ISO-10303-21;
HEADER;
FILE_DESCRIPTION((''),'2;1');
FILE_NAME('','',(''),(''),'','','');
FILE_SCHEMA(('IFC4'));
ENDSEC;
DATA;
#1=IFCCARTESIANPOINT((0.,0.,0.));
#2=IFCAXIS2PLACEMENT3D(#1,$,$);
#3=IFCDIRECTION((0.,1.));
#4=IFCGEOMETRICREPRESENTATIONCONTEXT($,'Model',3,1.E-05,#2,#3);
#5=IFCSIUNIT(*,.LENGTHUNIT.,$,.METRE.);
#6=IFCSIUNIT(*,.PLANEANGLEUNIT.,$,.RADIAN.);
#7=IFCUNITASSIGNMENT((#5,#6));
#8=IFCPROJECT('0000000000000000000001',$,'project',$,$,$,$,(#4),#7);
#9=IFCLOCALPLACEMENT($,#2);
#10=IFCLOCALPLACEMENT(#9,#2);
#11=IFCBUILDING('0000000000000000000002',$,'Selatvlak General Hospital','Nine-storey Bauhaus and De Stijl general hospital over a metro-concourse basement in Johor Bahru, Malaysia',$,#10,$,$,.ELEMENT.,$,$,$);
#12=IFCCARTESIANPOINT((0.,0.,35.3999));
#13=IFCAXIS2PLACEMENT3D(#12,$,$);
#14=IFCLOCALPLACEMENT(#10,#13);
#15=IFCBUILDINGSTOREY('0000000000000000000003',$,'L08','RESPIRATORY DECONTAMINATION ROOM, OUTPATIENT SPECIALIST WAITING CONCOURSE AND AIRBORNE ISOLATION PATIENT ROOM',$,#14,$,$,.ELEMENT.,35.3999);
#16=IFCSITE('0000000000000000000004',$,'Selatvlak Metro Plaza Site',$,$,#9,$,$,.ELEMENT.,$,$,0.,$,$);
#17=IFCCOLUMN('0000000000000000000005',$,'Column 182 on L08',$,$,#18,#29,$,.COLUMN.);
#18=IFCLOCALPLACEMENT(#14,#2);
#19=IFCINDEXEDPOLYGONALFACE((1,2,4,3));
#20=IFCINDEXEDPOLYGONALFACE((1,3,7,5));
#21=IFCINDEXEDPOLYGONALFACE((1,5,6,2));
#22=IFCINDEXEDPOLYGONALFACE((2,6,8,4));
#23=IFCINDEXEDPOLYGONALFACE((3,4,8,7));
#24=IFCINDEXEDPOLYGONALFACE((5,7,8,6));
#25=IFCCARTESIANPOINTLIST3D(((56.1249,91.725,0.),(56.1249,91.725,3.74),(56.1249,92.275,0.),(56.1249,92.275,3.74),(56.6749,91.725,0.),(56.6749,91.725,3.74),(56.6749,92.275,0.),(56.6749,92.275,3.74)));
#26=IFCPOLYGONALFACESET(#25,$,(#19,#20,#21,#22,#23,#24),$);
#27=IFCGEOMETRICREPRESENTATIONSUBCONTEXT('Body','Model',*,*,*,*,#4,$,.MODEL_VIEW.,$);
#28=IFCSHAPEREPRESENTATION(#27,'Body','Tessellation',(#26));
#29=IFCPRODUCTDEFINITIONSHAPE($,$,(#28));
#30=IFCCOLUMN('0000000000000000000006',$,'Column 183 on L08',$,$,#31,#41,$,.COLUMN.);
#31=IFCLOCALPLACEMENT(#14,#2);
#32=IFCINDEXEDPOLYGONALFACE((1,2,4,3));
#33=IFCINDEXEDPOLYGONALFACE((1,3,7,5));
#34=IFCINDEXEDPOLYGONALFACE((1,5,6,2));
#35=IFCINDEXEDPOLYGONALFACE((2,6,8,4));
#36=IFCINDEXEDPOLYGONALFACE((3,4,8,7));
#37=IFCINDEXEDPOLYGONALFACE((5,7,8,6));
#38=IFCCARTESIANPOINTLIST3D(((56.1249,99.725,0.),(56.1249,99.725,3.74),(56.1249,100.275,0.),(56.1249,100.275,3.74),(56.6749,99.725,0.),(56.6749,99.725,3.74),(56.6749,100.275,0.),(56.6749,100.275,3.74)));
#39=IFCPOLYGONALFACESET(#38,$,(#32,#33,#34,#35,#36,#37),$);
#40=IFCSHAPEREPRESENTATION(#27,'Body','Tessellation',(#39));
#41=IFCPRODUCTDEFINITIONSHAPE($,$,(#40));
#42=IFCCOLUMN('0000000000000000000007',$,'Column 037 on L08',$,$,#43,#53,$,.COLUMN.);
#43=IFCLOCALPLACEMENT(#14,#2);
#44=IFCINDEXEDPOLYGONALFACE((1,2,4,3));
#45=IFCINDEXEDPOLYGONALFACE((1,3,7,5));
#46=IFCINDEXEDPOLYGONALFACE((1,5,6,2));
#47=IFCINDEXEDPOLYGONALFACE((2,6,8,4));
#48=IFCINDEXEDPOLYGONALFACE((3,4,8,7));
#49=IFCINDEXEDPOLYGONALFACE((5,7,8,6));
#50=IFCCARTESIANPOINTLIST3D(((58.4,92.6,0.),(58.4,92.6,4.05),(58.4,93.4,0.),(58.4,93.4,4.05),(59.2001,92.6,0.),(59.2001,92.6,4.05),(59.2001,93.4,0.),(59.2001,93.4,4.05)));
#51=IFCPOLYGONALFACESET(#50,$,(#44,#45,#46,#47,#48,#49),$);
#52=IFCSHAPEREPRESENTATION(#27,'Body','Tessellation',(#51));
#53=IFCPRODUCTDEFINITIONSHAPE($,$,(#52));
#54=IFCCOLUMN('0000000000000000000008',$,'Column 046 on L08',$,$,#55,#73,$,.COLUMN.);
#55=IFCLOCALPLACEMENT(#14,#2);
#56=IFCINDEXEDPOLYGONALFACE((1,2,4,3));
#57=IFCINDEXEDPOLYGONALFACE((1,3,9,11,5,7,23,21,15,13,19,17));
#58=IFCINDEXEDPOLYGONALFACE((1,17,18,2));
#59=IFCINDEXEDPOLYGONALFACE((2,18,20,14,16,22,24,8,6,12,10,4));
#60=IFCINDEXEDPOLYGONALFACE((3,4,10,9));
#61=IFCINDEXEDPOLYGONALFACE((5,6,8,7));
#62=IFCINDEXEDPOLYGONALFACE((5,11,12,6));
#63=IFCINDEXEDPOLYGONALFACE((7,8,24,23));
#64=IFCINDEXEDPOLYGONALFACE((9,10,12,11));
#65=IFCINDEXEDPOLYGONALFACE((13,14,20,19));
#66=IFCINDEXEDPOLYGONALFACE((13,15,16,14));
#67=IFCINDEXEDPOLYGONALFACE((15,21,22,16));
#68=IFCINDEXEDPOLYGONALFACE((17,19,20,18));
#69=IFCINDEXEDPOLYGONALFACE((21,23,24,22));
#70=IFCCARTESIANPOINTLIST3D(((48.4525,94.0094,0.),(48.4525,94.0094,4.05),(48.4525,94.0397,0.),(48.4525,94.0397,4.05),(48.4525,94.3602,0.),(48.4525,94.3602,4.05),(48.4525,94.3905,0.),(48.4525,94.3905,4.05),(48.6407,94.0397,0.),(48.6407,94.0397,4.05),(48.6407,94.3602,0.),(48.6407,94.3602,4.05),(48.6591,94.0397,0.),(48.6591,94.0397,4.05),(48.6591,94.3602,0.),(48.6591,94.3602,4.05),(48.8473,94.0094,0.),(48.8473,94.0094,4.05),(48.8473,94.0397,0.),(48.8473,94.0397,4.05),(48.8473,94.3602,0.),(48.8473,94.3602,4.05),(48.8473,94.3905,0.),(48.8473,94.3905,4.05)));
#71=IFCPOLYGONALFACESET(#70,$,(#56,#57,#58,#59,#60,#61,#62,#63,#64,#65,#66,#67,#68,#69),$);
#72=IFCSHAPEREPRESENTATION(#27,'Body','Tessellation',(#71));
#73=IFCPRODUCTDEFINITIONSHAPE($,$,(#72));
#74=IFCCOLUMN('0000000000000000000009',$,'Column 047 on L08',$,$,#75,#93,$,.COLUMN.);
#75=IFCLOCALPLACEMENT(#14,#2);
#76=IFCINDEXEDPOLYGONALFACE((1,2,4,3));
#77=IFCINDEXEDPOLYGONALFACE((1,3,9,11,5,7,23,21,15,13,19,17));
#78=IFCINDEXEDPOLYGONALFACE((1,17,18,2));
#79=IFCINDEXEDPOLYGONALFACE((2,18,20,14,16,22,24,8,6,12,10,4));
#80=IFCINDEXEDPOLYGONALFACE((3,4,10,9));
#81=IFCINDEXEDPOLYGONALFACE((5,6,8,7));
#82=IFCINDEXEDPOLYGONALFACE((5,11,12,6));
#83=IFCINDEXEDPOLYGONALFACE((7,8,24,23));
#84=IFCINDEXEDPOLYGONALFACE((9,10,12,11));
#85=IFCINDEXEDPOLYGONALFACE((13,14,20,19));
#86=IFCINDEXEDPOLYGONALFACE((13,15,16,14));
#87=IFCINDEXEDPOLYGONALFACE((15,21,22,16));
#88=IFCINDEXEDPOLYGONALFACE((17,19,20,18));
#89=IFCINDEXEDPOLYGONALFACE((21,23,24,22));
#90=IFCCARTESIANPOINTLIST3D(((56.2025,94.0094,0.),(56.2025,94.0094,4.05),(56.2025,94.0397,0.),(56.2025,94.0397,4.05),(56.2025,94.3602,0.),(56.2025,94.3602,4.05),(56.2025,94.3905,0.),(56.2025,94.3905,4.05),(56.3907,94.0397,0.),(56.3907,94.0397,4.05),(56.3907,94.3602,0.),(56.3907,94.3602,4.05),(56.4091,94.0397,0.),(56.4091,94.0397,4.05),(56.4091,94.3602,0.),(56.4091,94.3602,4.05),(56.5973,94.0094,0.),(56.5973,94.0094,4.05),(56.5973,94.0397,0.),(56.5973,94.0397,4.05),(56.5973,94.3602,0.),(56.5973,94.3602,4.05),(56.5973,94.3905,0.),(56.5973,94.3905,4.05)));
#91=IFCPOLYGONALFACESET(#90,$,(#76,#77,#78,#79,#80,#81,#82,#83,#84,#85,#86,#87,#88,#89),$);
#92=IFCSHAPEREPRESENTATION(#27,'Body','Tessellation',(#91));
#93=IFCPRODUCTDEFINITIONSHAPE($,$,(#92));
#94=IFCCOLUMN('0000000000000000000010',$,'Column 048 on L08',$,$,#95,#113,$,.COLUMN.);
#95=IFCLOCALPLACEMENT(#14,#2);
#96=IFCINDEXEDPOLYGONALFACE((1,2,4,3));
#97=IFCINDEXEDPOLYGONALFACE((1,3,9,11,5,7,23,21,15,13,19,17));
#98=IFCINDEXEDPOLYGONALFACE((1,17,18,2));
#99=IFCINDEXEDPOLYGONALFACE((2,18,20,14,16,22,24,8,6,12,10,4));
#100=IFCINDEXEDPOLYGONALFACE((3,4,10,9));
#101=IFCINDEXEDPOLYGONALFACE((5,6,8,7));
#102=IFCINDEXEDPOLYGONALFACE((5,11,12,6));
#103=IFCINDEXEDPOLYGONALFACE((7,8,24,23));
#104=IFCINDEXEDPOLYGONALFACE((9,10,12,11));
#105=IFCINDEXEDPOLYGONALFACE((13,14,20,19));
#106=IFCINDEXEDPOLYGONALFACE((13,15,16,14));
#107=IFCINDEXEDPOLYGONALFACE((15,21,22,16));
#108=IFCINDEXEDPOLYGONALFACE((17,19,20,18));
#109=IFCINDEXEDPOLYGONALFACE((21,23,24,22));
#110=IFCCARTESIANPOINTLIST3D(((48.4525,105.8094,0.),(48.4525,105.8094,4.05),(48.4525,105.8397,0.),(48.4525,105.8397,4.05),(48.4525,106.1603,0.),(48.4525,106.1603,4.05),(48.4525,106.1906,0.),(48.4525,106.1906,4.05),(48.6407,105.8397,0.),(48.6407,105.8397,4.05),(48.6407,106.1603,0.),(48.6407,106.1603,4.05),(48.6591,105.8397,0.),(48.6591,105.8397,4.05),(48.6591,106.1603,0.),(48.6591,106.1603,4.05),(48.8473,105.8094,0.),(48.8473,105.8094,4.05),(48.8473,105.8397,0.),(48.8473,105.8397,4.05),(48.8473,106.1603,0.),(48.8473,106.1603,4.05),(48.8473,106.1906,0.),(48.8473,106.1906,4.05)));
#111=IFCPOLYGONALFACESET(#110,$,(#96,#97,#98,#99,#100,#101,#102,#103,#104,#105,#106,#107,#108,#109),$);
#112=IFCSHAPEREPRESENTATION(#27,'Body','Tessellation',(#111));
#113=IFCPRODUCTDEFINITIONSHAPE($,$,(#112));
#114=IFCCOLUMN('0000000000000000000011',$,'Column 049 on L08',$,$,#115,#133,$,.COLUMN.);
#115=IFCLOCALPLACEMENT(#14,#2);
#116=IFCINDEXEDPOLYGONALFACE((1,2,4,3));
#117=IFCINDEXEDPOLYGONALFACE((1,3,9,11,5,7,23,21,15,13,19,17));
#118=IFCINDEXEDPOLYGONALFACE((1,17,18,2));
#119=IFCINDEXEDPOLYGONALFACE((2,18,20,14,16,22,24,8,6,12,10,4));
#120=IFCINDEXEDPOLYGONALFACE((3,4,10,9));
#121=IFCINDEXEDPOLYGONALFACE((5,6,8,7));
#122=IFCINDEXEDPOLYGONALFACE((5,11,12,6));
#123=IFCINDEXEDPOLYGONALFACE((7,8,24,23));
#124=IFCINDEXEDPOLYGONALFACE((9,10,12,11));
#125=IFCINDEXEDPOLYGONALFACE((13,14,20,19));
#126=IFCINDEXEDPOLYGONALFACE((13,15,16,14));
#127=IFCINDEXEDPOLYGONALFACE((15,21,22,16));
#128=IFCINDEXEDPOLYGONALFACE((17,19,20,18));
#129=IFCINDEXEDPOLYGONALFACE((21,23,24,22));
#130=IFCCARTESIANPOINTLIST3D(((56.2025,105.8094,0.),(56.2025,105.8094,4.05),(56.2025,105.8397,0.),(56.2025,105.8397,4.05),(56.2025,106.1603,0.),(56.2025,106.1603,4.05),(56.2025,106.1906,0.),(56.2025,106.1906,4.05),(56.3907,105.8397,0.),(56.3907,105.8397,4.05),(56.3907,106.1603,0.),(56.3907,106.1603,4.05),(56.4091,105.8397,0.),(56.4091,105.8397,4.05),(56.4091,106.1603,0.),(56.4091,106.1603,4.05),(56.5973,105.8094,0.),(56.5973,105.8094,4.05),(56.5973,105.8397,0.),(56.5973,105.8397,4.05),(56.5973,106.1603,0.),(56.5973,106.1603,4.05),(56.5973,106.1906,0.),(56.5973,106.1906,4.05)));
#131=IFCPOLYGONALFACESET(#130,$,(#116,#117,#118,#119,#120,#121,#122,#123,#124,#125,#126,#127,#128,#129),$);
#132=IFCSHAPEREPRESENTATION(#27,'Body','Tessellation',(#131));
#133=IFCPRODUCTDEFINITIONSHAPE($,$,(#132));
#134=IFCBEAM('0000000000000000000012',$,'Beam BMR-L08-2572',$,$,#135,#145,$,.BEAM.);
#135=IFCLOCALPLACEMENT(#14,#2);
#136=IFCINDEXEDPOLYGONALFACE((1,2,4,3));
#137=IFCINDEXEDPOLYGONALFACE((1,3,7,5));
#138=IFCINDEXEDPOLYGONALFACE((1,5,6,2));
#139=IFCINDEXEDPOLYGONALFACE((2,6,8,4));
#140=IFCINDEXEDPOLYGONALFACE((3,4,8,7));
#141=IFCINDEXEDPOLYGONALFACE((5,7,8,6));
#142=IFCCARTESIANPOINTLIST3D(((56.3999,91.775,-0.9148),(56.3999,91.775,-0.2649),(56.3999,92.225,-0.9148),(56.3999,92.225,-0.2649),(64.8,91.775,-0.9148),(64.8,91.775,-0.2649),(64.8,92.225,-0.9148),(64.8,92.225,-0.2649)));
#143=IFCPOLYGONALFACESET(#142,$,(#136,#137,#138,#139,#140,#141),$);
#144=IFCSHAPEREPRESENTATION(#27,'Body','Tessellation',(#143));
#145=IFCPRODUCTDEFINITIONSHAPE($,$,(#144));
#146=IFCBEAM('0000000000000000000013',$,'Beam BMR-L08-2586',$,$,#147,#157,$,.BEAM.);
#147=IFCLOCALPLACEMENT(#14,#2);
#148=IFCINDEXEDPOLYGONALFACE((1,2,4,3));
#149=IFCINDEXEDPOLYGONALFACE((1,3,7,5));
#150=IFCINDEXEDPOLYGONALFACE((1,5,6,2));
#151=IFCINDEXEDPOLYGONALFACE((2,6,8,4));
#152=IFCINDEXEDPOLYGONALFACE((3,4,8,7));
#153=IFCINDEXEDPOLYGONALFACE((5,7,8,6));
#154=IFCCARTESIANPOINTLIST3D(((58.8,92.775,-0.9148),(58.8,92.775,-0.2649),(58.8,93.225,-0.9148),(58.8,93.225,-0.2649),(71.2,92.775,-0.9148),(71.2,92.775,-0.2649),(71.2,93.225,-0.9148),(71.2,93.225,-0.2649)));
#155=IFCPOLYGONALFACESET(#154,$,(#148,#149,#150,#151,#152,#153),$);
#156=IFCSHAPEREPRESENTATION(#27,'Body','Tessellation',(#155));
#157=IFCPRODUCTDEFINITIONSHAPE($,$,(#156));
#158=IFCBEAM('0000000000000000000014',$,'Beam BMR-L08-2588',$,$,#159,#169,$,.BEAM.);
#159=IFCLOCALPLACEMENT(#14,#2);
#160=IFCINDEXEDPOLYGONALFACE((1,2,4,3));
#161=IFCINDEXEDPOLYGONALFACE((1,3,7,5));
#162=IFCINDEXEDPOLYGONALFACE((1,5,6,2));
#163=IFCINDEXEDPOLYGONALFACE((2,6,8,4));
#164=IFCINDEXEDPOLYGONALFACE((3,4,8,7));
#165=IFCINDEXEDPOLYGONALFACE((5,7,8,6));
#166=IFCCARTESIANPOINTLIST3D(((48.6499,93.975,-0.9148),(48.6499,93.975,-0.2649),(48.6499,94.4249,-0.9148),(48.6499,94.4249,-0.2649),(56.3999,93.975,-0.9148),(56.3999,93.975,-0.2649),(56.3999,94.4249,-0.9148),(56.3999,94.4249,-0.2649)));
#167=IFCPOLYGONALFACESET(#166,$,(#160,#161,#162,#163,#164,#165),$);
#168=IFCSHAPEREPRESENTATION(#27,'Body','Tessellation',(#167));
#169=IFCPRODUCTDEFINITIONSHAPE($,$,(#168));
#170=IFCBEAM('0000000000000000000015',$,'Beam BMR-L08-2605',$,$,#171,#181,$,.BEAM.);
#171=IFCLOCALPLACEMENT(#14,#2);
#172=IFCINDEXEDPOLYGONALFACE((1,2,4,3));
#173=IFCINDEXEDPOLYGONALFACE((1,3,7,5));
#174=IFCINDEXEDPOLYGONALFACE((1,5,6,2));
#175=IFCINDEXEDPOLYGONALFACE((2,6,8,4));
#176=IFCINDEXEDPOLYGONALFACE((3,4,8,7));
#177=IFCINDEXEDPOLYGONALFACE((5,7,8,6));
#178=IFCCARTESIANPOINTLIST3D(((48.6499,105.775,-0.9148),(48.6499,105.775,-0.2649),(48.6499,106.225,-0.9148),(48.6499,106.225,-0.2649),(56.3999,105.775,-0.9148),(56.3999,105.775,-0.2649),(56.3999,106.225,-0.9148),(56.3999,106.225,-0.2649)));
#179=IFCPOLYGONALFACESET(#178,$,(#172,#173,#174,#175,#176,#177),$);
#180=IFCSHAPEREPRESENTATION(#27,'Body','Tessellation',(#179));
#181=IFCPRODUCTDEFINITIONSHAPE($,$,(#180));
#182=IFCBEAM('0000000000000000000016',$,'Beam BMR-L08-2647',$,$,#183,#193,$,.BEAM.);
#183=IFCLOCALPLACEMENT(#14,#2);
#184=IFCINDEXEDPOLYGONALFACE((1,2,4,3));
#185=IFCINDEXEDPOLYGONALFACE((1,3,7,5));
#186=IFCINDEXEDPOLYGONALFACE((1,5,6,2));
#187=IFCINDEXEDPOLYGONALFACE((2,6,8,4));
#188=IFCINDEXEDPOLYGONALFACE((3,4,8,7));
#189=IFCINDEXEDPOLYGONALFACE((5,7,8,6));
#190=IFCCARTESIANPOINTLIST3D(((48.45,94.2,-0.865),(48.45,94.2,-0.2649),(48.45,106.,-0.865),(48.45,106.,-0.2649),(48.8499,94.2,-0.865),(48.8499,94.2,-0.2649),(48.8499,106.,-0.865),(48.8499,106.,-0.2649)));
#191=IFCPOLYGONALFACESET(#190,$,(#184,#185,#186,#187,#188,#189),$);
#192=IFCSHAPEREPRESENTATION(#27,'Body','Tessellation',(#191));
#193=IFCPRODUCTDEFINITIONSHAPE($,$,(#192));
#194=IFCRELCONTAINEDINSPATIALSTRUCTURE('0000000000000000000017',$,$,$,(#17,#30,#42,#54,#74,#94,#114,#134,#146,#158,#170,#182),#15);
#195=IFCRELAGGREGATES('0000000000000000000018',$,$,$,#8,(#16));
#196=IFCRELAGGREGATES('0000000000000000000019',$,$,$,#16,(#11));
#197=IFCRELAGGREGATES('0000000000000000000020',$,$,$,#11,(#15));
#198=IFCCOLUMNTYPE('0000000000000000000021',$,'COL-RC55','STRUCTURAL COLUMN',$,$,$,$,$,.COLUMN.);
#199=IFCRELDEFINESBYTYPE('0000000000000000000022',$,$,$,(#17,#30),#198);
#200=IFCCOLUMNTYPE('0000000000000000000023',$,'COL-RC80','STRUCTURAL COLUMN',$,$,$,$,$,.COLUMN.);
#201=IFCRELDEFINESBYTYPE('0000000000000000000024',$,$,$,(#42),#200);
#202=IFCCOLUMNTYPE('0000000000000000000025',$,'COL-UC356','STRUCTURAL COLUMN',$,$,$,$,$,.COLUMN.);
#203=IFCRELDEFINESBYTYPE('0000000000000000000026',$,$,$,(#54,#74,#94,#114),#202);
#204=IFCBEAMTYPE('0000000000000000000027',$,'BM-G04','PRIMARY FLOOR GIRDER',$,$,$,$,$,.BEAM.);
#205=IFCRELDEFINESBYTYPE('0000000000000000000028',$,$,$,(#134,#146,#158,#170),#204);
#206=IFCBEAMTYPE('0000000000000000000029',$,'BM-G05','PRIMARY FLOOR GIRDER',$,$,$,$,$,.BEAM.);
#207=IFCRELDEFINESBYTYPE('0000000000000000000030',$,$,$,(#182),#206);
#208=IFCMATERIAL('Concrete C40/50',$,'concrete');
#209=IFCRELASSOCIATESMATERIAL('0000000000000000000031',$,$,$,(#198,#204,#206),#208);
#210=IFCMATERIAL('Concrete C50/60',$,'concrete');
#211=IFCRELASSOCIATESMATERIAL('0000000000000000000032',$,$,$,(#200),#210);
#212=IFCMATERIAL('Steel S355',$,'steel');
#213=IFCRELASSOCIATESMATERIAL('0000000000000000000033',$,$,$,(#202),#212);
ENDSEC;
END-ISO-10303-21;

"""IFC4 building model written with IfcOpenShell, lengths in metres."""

from ifc_helpers import new_model, si_unit, direction, frame, origin, origin_2d, place, context, subcontext, project, spatial, rectangle, i_section, extrude, material, material_profile, profile_set, type_object, element, save


model = new_model("IFC4")

# Units and contexts
model_context = context("Model", 3, precision=1e-05, world=origin(), true_north=direction((0.0, 1.0)))
body_context = subcontext(model_context, "Body", "Model", "MODEL_VIEW")
ifc_project = project(units=[si_unit("LENGTHUNIT", "METRE"), si_unit("PLANEANGLEUNIT", "RADIAN")], contexts=[model_context])

# Site, building, storey
site_placement = place(None, origin())
site = spatial("IfcSite", under=ifc_project, at=site_placement, Name="Selatvlak Metro Plaza Site", CompositionType="ELEMENT", RefElevation=0.0)
building_placement = place(site_placement, origin())
building = spatial("IfcBuilding", under=site, at=building_placement, Name="Selatvlak General Hospital", Description="Nine-storey Bauhaus and De Stijl general hospital over a metro-concourse basement in Johor Bahru, Malaysia", CompositionType="ELEMENT")
storey_placement = place(building_placement, frame((0.0, 0.0, 35.3999)))
storey = spatial("IfcBuildingStorey", under=building, at=storey_placement, Name="L08", Description="RESPIRATORY DECONTAMINATION ROOM, OUTPATIENT SPECIALIST WAITING CONCOURSE AND AIRBORNE ISOLATION PATIENT ROOM", CompositionType="ELEMENT", Elevation=35.3999)

# Columns
ifc_material_1 = material(Name="Concrete C40/50", Category="concrete")
ifc_material_profile_1 = material_profile(ifc_material_1, rectangle(XDim=0.55, YDim=0.55, at=origin_2d()), Name="RC-COL 550x550")
ifc_profile_set_1 = profile_set([ifc_material_profile_1], Name="Concrete C40/50")
column_type_1 = type_object("IfcColumnType", Name="COL-RC55", Description="STRUCTURAL COLUMN", PredefinedType="COLUMN", material=ifc_profile_set_1)
for number, where, z_axis, x_axis, name in (
    (1, (56.3999, 92.0, 0.0), (0.0, 0.0, 1.0), (1.0, 0.0, 0.0), "Column 182 on L08"),
    (2, (56.3999, 100.0, 0.0), (0.0, 0.0, 1.0), (1.0, 0.0, 0.0), "Column 183 on L08"),
):
    element("IfcColumn", number, at=place(storey_placement, frame(where, z_axis=z_axis, x_axis=x_axis)), inside=storey, type_object=column_type_1, Name=name, PredefinedType="COLUMN", context=body_context, shape_type="SweptSolid", body=[
        extrude(rectangle(XDim=0.55, YDim=0.55, at=origin_2d()), origin(), (0.0, 0.0, 1.0), 3.74),
    ])
ifc_material_2 = material(Name="Concrete C50/60", Category="concrete")
ifc_material_profile_2 = material_profile(ifc_material_2, rectangle(XDim=0.8, YDim=0.8, at=origin_2d()), Name="RC-COL 800x800")
ifc_profile_set_2 = profile_set([ifc_material_profile_2], Name="Concrete C50/60")
column_type_2 = type_object("IfcColumnType", Name="COL-RC80", Description="STRUCTURAL COLUMN", PredefinedType="COLUMN", material=ifc_profile_set_2)
column_placement = place(storey_placement, frame((58.8, 93.0, 0.0), z_axis=(0.0, 0.0, 1.0), x_axis=(1.0, 0.0, 0.0)))
element("IfcColumn", 3, at=column_placement, inside=storey, type_object=column_type_2, Name="Column 037 on L08", PredefinedType="COLUMN", context=body_context, shape_type="SweptSolid", body=[
    extrude(rectangle(XDim=0.8, YDim=0.8, at=origin_2d()), origin(), (0.0, 0.0, 1.0), 4.05),
])
ifc_material_3 = material(Name="Steel S355", Category="steel")
ifc_material_profile_3 = material_profile(ifc_material_3, i_section(OverallWidth=0.3948, OverallDepth=0.3811, WebThickness=0.0183, FlangeThickness=0.0303, at=origin_2d()), Name="UC 356x406x235")
ifc_profile_set_3 = profile_set([ifc_material_profile_3], Name="Steel S355")
column_type_3 = type_object("IfcColumnType", Name="COL-UC356", Description="STRUCTURAL COLUMN", PredefinedType="COLUMN", material=ifc_profile_set_3)
for number, where, z_axis, x_axis, name in (
    (4, (48.6499, 94.2, 0.0), (0.0, 0.0, 1.0), (1.0, 0.0, 0.0), "Column 046 on L08"),
    (5, (56.3999, 94.2, 0.0), (0.0, 0.0, 1.0), (1.0, 0.0, 0.0), "Column 047 on L08"),
    (6, (48.6499, 106.0, 0.0), (0.0, 0.0, 1.0), (1.0, 0.0, 0.0), "Column 048 on L08"),
    (7, (56.3999, 106.0, 0.0), (0.0, 0.0, 1.0), (1.0, 0.0, 0.0), "Column 049 on L08"),
):
    element("IfcColumn", number, at=place(storey_placement, frame(where, z_axis=z_axis, x_axis=x_axis)), inside=storey, type_object=column_type_3, Name=name, PredefinedType="COLUMN", context=body_context, shape_type="SweptSolid", body=[
        extrude(i_section(OverallWidth=0.3948, OverallDepth=0.3811, WebThickness=0.0183, FlangeThickness=0.0303, at=origin_2d()), origin(), (0.0, 0.0, 1.0), 4.05),
    ])

# Beams
ifc_material_profile_4 = material_profile(ifc_material_1, rectangle(XDim=0.45, YDim=0.6499, at=origin_2d()), Name="RC-BM 450x650")
ifc_profile_set_4 = profile_set([ifc_material_profile_4], Name="Concrete C40/50")
beam_type_1 = type_object("IfcBeamType", Name="BM-G04", Description="PRIMARY FLOOR GIRDER", PredefinedType="BEAM", material=ifc_profile_set_4)
beam_1_placement = place(storey_placement, frame((56.3999, 92.0, -0.5898), z_axis=(1.0, 0.0, 0.0), x_axis=(0.0, 1.0, 0.0)))
element("IfcBeam", 8, at=beam_1_placement, inside=storey, type_object=beam_type_1, Name="Beam BMR-L08-2572", PredefinedType="BEAM", context=body_context, shape_type="SweptSolid", body=[
    extrude(rectangle(XDim=0.45, YDim=0.6499, at=origin_2d()), origin(), (0.0, 0.0, 1.0), 8.4001),
])
beam_2_placement = place(storey_placement, frame((58.8, 93.0, -0.5898), z_axis=(1.0, 0.0, 0.0), x_axis=(0.0, 1.0, 0.0)))
element("IfcBeam", 9, at=beam_2_placement, inside=storey, type_object=beam_type_1, Name="Beam BMR-L08-2586", PredefinedType="BEAM", context=body_context, shape_type="SweptSolid", body=[
    extrude(rectangle(XDim=0.45, YDim=0.6499, at=origin_2d()), origin(), (0.0, 0.0, 1.0), 12.3999),
])
for number, where, z_axis, x_axis, name in (
    (10, (48.6499, 94.2, -0.5898), (1.0, 0.0, 0.0), (0.0, 1.0, 0.0), "Beam BMR-L08-2588"),
    (11, (48.6499, 106.0, -0.5898), (1.0, 0.0, 0.0), (0.0, 1.0, 0.0), "Beam BMR-L08-2605"),
):
    element("IfcBeam", number, at=place(storey_placement, frame(where, z_axis=z_axis, x_axis=x_axis)), inside=storey, type_object=beam_type_1, Name=name, PredefinedType="BEAM", context=body_context, shape_type="SweptSolid", body=[
        extrude(rectangle(XDim=0.45, YDim=0.6499, at=origin_2d()), origin(), (0.0, 0.0, 1.0), 7.75),
    ])
ifc_material_profile_5 = material_profile(ifc_material_1, rectangle(XDim=0.3999, YDim=0.6001, at=origin_2d()), Name="RC-BM 400x600")
ifc_profile_set_5 = profile_set([ifc_material_profile_5], Name="Concrete C40/50")
beam_type_2 = type_object("IfcBeamType", Name="BM-G05", Description="PRIMARY FLOOR GIRDER", PredefinedType="BEAM", material=ifc_profile_set_5)
beam_3_placement = place(storey_placement, frame((48.6499, 94.2, -0.5649), z_axis=(0.0, 1.0, 0.0), x_axis=(-1.0, 0.0, 0.0)))
element("IfcBeam", 12, at=beam_3_placement, inside=storey, type_object=beam_type_2, Name="Beam BMR-L08-2647", PredefinedType="BEAM", context=body_context, shape_type="SweptSolid", body=[
    extrude(rectangle(XDim=0.3999, YDim=0.6001, at=origin_2d()), origin(), (0.0, 0.0, 1.0), 11.8),
])

save(model, "model.ifc")
